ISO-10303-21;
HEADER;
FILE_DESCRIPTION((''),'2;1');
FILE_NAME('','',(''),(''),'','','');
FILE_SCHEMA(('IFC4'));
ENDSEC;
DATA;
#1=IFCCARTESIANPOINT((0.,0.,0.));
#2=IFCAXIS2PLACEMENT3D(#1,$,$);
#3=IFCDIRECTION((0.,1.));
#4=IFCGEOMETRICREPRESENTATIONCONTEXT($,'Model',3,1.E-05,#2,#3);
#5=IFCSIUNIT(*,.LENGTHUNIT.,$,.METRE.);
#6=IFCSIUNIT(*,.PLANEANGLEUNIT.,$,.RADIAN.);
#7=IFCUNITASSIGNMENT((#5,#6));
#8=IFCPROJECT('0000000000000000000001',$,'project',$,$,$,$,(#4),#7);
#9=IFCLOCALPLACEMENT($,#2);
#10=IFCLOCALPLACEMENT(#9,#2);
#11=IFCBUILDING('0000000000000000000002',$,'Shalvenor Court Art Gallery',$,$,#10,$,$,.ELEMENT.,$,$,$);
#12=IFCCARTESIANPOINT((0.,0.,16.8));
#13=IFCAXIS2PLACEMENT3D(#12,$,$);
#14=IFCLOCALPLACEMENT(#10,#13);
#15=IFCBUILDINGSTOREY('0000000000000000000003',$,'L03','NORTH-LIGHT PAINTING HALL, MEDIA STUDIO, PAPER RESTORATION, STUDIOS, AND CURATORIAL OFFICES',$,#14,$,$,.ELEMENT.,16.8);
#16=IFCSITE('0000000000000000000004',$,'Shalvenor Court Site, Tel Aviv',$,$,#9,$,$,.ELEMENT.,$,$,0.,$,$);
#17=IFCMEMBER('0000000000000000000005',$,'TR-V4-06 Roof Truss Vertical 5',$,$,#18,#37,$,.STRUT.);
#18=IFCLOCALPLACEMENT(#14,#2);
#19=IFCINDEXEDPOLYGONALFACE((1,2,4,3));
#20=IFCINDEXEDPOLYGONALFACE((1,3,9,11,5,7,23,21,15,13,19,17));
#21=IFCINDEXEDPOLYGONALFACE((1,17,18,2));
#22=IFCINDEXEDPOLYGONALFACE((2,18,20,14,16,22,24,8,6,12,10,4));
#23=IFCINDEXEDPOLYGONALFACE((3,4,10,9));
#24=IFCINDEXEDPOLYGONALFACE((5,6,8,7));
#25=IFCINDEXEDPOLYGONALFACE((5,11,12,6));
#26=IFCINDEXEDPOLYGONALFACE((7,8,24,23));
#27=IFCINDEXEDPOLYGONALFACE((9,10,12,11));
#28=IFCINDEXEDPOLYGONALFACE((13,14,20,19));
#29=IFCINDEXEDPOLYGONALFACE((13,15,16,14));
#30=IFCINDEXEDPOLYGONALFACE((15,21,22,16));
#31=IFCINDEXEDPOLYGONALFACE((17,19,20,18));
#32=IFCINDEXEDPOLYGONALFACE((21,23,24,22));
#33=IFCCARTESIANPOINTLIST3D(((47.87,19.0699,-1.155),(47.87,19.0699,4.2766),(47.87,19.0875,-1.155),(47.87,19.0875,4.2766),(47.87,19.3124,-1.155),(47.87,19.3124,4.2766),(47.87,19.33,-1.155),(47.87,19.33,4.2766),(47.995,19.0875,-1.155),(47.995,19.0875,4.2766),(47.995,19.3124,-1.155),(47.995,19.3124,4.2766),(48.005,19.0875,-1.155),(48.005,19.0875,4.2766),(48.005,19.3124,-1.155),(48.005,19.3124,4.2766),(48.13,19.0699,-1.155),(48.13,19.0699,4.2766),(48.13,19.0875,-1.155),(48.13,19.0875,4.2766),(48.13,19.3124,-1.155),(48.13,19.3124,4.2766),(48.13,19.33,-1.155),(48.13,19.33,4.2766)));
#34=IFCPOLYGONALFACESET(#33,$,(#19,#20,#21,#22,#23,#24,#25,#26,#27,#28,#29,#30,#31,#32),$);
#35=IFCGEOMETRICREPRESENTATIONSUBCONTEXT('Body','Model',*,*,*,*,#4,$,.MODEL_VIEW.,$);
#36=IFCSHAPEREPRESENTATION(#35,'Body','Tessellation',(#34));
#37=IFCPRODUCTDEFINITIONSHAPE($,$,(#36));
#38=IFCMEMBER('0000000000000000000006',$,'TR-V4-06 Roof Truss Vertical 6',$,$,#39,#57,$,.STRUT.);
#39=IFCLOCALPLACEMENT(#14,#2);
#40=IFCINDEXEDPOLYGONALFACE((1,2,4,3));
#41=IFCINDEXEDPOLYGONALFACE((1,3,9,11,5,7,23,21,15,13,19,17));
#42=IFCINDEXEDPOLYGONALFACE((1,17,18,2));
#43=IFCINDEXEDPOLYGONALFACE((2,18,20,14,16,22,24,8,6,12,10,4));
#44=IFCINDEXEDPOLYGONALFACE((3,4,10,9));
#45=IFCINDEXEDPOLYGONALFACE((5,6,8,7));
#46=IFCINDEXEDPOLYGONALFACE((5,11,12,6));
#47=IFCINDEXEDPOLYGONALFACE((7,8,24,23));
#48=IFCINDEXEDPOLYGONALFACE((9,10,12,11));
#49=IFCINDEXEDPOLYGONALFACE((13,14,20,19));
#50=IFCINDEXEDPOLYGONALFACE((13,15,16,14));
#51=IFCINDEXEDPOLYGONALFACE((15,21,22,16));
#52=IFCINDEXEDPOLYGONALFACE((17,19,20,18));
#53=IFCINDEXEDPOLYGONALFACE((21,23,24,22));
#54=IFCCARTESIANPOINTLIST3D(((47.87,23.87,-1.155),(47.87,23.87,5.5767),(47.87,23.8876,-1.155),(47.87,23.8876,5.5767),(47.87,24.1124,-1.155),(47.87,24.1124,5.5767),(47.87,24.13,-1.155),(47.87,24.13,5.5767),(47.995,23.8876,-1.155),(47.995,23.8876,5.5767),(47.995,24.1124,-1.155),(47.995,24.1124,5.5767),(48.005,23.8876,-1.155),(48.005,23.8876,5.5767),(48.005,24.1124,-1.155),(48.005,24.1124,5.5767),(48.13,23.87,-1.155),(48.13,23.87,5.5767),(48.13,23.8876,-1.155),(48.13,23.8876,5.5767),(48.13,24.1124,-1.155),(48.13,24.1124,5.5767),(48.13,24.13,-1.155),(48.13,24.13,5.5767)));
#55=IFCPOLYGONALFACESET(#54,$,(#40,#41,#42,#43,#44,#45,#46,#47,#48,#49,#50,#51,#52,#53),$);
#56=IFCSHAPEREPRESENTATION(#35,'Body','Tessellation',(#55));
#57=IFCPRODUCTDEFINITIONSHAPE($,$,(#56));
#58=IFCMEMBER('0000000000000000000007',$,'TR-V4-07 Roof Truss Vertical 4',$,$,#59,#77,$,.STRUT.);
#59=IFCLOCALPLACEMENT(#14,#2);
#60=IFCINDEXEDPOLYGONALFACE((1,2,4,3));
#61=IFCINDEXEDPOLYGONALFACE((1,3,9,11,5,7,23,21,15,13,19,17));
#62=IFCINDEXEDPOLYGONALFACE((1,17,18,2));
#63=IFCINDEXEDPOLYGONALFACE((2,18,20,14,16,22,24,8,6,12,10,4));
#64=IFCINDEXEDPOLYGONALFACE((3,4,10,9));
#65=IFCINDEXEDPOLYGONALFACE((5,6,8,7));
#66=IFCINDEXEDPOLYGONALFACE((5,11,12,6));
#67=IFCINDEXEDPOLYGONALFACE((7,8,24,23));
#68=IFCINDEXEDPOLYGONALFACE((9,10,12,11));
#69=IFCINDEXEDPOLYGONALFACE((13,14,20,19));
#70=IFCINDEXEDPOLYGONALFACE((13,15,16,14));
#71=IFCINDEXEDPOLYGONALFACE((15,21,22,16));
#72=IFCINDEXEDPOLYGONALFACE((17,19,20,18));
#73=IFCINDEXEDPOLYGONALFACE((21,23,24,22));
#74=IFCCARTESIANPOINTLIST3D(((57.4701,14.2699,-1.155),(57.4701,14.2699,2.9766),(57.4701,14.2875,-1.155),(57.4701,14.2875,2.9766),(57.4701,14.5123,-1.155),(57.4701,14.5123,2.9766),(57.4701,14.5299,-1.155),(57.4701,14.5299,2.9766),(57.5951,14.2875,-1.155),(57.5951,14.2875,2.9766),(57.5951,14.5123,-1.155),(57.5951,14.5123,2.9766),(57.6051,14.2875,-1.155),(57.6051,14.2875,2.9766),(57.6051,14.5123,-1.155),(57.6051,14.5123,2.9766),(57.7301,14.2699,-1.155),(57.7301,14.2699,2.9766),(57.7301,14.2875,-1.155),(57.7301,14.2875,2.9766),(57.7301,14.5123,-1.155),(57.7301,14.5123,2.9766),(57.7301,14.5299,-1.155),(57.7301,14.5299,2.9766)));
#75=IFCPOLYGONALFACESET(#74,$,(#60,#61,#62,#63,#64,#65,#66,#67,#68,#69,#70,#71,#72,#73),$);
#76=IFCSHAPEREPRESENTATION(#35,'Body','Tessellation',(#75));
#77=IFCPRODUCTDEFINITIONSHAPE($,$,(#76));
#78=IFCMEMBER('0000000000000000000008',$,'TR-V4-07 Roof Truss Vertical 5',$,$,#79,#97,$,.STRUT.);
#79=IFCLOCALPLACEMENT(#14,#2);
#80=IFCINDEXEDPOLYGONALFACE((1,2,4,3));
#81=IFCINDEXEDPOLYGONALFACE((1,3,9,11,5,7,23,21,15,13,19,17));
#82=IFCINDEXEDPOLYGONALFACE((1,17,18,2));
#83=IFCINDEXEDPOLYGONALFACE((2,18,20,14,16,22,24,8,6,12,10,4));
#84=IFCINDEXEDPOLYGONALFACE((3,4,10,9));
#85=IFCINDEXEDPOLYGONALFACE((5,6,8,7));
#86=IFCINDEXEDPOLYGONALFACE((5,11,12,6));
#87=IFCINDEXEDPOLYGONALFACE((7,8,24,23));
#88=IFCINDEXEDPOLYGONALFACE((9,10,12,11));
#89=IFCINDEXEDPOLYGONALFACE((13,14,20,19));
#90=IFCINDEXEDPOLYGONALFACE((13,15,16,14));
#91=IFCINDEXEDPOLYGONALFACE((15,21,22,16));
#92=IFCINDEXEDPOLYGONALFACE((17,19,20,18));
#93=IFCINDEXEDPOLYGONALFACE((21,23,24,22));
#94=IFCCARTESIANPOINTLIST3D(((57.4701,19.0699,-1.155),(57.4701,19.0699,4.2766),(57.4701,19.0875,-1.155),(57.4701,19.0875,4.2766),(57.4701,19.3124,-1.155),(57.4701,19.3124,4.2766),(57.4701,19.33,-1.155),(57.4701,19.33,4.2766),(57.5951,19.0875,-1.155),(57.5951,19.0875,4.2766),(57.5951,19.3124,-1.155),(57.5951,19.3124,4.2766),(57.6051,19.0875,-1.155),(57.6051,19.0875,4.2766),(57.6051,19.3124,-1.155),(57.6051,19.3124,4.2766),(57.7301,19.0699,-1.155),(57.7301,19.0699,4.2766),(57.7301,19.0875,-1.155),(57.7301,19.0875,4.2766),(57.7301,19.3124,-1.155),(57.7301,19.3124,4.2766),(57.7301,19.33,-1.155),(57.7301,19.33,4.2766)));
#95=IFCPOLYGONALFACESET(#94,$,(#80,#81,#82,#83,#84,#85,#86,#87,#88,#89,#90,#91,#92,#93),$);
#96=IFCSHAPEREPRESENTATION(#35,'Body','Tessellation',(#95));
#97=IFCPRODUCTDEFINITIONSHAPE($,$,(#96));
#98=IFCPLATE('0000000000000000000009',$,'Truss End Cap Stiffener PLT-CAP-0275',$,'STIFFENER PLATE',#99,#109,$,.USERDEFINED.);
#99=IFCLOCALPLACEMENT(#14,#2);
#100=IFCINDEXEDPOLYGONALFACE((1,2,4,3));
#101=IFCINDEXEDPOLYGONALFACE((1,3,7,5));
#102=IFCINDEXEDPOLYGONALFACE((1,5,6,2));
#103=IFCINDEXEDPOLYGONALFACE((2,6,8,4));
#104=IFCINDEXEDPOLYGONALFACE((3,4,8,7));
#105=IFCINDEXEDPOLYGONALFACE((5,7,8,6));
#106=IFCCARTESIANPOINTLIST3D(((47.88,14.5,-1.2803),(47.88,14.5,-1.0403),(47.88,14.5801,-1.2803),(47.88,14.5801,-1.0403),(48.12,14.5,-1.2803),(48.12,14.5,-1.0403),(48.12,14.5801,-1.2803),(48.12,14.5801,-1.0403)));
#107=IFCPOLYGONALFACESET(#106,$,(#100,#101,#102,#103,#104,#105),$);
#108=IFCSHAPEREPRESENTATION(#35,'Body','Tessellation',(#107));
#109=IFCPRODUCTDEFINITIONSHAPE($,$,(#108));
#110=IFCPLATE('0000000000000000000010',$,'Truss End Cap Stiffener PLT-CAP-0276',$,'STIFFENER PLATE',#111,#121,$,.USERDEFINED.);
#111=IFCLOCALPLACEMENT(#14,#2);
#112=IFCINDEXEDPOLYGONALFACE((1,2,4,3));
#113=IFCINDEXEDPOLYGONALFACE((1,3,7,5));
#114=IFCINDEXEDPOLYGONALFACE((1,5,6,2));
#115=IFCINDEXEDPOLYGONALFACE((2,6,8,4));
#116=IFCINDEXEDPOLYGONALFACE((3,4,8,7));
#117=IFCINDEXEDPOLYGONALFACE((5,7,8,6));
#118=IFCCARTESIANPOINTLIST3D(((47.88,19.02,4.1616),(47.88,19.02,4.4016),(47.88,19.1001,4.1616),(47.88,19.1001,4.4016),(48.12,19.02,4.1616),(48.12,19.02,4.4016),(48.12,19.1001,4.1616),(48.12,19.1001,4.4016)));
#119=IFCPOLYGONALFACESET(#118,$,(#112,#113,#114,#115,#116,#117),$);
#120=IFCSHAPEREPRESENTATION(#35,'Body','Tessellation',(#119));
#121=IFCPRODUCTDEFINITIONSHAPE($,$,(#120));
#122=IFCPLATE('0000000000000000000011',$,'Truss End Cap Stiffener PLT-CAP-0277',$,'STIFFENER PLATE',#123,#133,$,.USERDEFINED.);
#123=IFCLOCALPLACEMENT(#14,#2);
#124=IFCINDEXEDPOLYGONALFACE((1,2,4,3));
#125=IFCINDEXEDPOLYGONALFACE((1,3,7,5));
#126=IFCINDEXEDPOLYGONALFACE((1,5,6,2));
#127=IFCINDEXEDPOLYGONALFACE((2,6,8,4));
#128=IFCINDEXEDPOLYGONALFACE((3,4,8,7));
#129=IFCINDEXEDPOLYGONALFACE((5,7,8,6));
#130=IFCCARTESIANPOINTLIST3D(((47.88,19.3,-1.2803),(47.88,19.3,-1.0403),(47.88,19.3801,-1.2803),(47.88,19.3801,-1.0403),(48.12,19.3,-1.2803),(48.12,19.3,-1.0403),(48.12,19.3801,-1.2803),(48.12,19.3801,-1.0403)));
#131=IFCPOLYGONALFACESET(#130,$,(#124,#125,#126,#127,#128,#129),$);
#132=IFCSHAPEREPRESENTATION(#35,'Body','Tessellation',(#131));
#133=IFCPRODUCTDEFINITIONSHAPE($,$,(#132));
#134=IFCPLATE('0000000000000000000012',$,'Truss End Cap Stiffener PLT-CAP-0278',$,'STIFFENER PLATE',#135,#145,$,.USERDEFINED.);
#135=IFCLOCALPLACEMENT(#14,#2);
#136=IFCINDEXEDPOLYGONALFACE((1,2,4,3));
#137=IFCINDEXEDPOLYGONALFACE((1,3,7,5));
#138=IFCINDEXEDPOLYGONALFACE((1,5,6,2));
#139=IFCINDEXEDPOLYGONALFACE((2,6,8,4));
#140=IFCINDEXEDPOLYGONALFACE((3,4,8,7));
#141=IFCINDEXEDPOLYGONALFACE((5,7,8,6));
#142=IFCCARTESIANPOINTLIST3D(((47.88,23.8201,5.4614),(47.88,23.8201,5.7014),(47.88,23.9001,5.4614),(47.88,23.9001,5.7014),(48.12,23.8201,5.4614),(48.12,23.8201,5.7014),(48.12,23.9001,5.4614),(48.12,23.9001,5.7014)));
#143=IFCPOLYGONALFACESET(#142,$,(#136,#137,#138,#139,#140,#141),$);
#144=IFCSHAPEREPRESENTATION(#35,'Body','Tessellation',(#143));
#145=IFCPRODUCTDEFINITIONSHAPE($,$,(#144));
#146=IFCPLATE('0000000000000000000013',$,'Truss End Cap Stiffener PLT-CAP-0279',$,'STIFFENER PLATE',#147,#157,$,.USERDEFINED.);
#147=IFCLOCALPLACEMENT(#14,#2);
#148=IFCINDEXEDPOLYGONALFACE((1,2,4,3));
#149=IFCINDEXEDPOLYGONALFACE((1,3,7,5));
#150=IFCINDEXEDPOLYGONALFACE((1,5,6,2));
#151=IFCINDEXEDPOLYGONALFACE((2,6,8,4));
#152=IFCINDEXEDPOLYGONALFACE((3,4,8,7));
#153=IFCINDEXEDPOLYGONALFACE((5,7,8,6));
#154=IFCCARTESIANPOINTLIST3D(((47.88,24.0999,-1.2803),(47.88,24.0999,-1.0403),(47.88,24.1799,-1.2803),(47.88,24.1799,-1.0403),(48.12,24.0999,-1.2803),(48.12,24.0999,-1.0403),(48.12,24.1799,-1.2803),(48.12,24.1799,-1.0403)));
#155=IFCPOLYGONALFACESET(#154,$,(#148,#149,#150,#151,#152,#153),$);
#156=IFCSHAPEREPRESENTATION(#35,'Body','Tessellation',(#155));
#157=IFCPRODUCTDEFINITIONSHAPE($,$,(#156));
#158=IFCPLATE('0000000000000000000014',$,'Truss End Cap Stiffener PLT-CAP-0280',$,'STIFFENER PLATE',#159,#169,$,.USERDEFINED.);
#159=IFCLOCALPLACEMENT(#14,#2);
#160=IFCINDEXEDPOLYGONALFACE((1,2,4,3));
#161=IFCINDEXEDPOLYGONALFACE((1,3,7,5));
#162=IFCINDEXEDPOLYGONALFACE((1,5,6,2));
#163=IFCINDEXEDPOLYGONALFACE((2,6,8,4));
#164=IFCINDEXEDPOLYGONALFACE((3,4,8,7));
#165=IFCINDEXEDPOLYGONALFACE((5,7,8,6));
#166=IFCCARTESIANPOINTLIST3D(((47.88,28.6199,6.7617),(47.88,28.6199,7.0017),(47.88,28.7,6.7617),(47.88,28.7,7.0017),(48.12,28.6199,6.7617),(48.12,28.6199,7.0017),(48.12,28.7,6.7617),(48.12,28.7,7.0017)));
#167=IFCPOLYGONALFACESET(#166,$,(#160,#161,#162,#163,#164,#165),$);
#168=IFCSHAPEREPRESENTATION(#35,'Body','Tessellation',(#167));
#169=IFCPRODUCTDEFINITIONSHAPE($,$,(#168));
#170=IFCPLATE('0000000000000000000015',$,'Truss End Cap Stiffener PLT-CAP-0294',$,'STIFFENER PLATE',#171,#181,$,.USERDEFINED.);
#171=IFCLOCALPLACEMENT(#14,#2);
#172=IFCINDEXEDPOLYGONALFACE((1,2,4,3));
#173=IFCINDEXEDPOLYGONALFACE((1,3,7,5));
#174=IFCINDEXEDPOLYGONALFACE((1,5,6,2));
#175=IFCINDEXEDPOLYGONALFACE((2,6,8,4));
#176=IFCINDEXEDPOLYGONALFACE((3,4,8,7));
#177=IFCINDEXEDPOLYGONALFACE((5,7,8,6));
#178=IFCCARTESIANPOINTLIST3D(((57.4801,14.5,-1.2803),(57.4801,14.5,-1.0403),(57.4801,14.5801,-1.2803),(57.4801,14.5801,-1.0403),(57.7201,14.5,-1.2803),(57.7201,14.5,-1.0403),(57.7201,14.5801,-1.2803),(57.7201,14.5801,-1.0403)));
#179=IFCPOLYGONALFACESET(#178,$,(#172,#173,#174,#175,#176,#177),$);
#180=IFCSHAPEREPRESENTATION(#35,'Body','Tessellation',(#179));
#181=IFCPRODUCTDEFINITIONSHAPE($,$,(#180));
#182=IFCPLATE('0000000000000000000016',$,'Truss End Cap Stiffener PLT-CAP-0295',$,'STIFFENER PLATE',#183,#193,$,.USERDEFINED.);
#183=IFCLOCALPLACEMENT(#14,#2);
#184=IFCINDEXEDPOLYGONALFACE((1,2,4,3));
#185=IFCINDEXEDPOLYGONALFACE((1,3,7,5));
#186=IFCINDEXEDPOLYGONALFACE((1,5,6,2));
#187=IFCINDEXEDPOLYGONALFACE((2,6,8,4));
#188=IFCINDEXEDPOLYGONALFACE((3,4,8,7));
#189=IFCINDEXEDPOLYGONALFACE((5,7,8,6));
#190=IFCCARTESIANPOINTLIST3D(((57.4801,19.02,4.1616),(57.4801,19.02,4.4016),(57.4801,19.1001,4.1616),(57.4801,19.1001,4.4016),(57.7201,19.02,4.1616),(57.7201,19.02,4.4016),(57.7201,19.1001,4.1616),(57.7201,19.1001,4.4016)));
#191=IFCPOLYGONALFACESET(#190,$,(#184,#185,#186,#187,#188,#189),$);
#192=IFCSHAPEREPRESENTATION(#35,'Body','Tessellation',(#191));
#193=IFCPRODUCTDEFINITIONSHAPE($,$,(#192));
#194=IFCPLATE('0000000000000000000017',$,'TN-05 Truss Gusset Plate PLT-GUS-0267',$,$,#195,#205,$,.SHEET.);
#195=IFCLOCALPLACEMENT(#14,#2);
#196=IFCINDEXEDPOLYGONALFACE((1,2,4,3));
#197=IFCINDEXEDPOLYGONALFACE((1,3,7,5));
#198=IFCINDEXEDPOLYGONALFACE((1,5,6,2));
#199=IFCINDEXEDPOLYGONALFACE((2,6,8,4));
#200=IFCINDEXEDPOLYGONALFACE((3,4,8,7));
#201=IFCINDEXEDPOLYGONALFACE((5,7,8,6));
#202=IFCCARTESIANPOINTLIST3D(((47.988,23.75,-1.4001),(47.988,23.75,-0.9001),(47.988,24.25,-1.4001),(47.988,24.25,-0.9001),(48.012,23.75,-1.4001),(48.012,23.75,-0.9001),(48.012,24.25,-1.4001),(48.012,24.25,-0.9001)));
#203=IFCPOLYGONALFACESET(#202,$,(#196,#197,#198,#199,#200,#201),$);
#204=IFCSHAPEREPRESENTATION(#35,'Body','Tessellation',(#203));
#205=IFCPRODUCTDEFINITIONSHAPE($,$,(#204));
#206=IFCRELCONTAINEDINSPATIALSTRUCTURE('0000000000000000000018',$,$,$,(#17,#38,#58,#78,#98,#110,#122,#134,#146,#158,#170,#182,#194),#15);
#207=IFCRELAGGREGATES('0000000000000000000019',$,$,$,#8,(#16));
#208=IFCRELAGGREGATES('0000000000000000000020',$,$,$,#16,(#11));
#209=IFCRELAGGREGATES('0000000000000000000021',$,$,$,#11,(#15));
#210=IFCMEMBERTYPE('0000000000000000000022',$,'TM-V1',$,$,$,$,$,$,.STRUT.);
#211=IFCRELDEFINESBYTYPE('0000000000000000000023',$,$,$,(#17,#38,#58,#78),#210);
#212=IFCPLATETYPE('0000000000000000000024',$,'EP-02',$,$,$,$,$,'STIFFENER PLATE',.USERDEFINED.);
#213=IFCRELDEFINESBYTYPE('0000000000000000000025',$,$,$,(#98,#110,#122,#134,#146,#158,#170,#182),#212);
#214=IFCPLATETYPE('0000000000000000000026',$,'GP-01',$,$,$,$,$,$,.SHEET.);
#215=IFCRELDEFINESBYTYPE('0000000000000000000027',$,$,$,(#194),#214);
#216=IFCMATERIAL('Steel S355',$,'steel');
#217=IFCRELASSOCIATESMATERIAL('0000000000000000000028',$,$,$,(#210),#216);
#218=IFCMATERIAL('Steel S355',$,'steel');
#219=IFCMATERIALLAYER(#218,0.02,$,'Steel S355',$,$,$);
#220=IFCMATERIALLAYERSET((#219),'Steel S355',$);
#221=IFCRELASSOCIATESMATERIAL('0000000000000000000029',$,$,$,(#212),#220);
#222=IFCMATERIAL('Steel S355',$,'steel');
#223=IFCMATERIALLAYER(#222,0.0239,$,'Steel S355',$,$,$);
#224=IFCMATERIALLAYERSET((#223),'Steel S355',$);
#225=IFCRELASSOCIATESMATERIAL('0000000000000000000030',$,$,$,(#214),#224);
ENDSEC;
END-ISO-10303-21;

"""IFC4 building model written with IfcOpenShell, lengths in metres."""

from ifc_helpers import new_model, si_unit, direction, frame, origin, origin_2d, place, context, subcontext, project, spatial, rectangle, i_section, extrude, material, layer, layer_set, material_profile, profile_set, type_object, element, save


model = new_model("IFC4")

# Units and contexts
model_context = context("Model", 3, precision=1e-05, world=origin(), true_north=direction((0.0, 1.0)))
body_context = subcontext(model_context, "Body", "Model", "MODEL_VIEW")
ifc_project = project(units=[si_unit("LENGTHUNIT", "METRE"), si_unit("PLANEANGLEUNIT", "RADIAN")], contexts=[model_context])

# Site, building, storey
site_placement = place(None, origin())
site = spatial("IfcSite", under=ifc_project, at=site_placement, Name="Shalvenor Court Site, Tel Aviv", CompositionType="ELEMENT", RefElevation=0.0)
building_placement = place(site_placement, origin())
building = spatial("IfcBuilding", under=site, at=building_placement, Name="Shalvenor Court Art Gallery", CompositionType="ELEMENT")
storey_placement = place(building_placement, frame((0.0, 0.0, 16.8)))
storey = spatial("IfcBuildingStorey", under=building, at=storey_placement, Name="L03", Description="NORTH-LIGHT PAINTING HALL, MEDIA STUDIO, PAPER RESTORATION, STUDIOS, AND CURATORIAL OFFICES", CompositionType="ELEMENT", Elevation=16.8)

# Members
ifc_material_1 = material(Name="Steel S355", Category="steel")
ifc_material_profile_1 = material_profile(ifc_material_1, i_section(OverallWidth=0.26, OverallDepth=0.26, WebThickness=0.01, FlangeThickness=0.0176, at=origin_2d()), Name="HEB 260")
ifc_profile_set_1 = profile_set([ifc_material_profile_1], Name="Steel S355")
member_type_1 = type_object("IfcMemberType", Name="TM-V1", PredefinedType="STRUT", material=ifc_profile_set_1)
member_1_placement = place(storey_placement, frame((48.0, 19.2, -1.155), z_axis=(0.0, 0.0, 1.0), x_axis=(1.0, 0.0, 0.0)))
element("IfcMember", 1, at=member_1_placement, inside=storey, type_object=member_type_1, Name="TR-V4-06 Roof Truss Vertical 5", PredefinedType="STRUT", context=body_context, shape_type="SweptSolid", body=[
    extrude(i_section(OverallWidth=0.26, OverallDepth=0.26, WebThickness=0.01, FlangeThickness=0.0176, at=origin_2d()), origin(), (0.0, 0.0, 1.0), 5.4316),
])
member_2_placement = place(storey_placement, frame((48.0, 24.0, -1.155), z_axis=(0.0, 0.0, 1.0), x_axis=(1.0, 0.0, 0.0)))
element("IfcMember", 2, at=member_2_placement, inside=storey, type_object=member_type_1, Name="TR-V4-06 Roof Truss Vertical 6", PredefinedType="STRUT", context=body_context, shape_type="SweptSolid", body=[
    extrude(i_section(OverallWidth=0.26, OverallDepth=0.26, WebThickness=0.01, FlangeThickness=0.0176, at=origin_2d()), origin(), (0.0, 0.0, 1.0), 6.7317),
])
member_3_placement = place(storey_placement, frame((57.6001, 14.3999, -1.155), z_axis=(0.0, 0.0, 1.0), x_axis=(1.0, 0.0, 0.0)))
element("IfcMember", 3, at=member_3_placement, inside=storey, type_object=member_type_1, Name="TR-V4-07 Roof Truss Vertical 4", PredefinedType="STRUT", context=body_context, shape_type="SweptSolid", body=[
    extrude(i_section(OverallWidth=0.26, OverallDepth=0.26, WebThickness=0.01, FlangeThickness=0.0176, at=origin_2d()), origin(), (0.0, 0.0, 1.0), 4.1316),
])
member_4_placement = place(storey_placement, frame((57.6001, 19.2, -1.155), z_axis=(0.0, 0.0, 1.0), x_axis=(1.0, 0.0, 0.0)))
element("IfcMember", 4, at=member_4_placement, inside=storey, type_object=member_type_1, Name="TR-V4-07 Roof Truss Vertical 5", PredefinedType="STRUT", context=body_context, shape_type="SweptSolid", body=[
    extrude(i_section(OverallWidth=0.26, OverallDepth=0.26, WebThickness=0.01, FlangeThickness=0.0176, at=origin_2d()), origin(), (0.0, 0.0, 1.0), 5.4316),
])

# Plates
ifc_material_2 = material(Name="Steel S355", Category="steel")
ifc_layer_1 = layer(ifc_material_2, 0.02, Name="Steel S355")
ifc_layer_set_1 = layer_set([ifc_layer_1], Name="Steel S355")
plate_type_1 = type_object("IfcPlateType", Name="EP-02", ElementType="STIFFENER PLATE", PredefinedType="USERDEFINED", material=ifc_layer_set_1)
for number, where, z_axis, x_axis, name in (
    (5, (48.0, 14.54, -1.2803), (0.0, 0.0, 1.0), (1.0, 0.0, 0.0), "Truss End Cap Stiffener PLT-CAP-0275"),
    (6, (48.0, 19.0601, 4.1616), (0.0, 0.0, 1.0), (1.0, 0.0, 0.0), "Truss End Cap Stiffener PLT-CAP-0276"),
    (7, (48.0, 19.3401, -1.2803), (0.0, 0.0, 1.0), (1.0, 0.0, 0.0), "Truss End Cap Stiffener PLT-CAP-0277"),
    (8, (48.0, 23.8601, 5.4614), (0.0, 0.0, 1.0), (1.0, 0.0, 0.0), "Truss End Cap Stiffener PLT-CAP-0278"),
    (9, (48.0, 24.1399, -1.2803), (0.0, 0.0, 1.0), (1.0, 0.0, 0.0), "Truss End Cap Stiffener PLT-CAP-0279"),
    (10, (48.0, 28.6599, 6.7617), (0.0, 0.0, 1.0), (1.0, 0.0, 0.0), "Truss End Cap Stiffener PLT-CAP-0280"),
    (11, (57.6001, 14.54, -1.2803), (0.0, 0.0, 1.0), (1.0, 0.0, 0.0), "Truss End Cap Stiffener PLT-CAP-0294"),
    (12, (57.6001, 19.0601, 4.1616), (0.0, 0.0, 1.0), (1.0, 0.0, 0.0), "Truss End Cap Stiffener PLT-CAP-0295"),
):
    element("IfcPlate", number, at=place(storey_placement, frame(where, z_axis=z_axis, x_axis=x_axis)), inside=storey, type_object=plate_type_1, Name=name, ObjectType="STIFFENER PLATE", PredefinedType="USERDEFINED", context=body_context, shape_type="SweptSolid", body=[
        extrude(rectangle(XDim=0.24, YDim=0.0801, at=origin_2d()), origin(), (0.0, 0.0, 1.0), 0.24),
    ])
ifc_material_3 = material(Name="Steel S355", Category="steel")
ifc_layer_2 = layer(ifc_material_3, 0.0239, Name="Steel S355")
ifc_layer_set_2 = layer_set([ifc_layer_2], Name="Steel S355")
plate_type_2 = type_object("IfcPlateType", Name="GP-01", PredefinedType="SHEET", material=ifc_layer_set_2)
plate_placement = place(storey_placement, frame((48.0, 24.0, -1.4001), z_axis=(0.0, 0.0, 1.0), x_axis=(0.0, 1.0, 0.0)))
element("IfcPlate", 13, at=plate_placement, inside=storey, type_object=plate_type_2, Name="TN-05 Truss Gusset Plate PLT-GUS-0267", PredefinedType="SHEET", context=body_context, shape_type="SweptSolid", body=[
    extrude(rectangle(XDim=0.5, YDim=0.0239, at=origin_2d()), origin(), (0.0, 0.0, 1.0), 0.5),
])

save(model, "model.ifc")
